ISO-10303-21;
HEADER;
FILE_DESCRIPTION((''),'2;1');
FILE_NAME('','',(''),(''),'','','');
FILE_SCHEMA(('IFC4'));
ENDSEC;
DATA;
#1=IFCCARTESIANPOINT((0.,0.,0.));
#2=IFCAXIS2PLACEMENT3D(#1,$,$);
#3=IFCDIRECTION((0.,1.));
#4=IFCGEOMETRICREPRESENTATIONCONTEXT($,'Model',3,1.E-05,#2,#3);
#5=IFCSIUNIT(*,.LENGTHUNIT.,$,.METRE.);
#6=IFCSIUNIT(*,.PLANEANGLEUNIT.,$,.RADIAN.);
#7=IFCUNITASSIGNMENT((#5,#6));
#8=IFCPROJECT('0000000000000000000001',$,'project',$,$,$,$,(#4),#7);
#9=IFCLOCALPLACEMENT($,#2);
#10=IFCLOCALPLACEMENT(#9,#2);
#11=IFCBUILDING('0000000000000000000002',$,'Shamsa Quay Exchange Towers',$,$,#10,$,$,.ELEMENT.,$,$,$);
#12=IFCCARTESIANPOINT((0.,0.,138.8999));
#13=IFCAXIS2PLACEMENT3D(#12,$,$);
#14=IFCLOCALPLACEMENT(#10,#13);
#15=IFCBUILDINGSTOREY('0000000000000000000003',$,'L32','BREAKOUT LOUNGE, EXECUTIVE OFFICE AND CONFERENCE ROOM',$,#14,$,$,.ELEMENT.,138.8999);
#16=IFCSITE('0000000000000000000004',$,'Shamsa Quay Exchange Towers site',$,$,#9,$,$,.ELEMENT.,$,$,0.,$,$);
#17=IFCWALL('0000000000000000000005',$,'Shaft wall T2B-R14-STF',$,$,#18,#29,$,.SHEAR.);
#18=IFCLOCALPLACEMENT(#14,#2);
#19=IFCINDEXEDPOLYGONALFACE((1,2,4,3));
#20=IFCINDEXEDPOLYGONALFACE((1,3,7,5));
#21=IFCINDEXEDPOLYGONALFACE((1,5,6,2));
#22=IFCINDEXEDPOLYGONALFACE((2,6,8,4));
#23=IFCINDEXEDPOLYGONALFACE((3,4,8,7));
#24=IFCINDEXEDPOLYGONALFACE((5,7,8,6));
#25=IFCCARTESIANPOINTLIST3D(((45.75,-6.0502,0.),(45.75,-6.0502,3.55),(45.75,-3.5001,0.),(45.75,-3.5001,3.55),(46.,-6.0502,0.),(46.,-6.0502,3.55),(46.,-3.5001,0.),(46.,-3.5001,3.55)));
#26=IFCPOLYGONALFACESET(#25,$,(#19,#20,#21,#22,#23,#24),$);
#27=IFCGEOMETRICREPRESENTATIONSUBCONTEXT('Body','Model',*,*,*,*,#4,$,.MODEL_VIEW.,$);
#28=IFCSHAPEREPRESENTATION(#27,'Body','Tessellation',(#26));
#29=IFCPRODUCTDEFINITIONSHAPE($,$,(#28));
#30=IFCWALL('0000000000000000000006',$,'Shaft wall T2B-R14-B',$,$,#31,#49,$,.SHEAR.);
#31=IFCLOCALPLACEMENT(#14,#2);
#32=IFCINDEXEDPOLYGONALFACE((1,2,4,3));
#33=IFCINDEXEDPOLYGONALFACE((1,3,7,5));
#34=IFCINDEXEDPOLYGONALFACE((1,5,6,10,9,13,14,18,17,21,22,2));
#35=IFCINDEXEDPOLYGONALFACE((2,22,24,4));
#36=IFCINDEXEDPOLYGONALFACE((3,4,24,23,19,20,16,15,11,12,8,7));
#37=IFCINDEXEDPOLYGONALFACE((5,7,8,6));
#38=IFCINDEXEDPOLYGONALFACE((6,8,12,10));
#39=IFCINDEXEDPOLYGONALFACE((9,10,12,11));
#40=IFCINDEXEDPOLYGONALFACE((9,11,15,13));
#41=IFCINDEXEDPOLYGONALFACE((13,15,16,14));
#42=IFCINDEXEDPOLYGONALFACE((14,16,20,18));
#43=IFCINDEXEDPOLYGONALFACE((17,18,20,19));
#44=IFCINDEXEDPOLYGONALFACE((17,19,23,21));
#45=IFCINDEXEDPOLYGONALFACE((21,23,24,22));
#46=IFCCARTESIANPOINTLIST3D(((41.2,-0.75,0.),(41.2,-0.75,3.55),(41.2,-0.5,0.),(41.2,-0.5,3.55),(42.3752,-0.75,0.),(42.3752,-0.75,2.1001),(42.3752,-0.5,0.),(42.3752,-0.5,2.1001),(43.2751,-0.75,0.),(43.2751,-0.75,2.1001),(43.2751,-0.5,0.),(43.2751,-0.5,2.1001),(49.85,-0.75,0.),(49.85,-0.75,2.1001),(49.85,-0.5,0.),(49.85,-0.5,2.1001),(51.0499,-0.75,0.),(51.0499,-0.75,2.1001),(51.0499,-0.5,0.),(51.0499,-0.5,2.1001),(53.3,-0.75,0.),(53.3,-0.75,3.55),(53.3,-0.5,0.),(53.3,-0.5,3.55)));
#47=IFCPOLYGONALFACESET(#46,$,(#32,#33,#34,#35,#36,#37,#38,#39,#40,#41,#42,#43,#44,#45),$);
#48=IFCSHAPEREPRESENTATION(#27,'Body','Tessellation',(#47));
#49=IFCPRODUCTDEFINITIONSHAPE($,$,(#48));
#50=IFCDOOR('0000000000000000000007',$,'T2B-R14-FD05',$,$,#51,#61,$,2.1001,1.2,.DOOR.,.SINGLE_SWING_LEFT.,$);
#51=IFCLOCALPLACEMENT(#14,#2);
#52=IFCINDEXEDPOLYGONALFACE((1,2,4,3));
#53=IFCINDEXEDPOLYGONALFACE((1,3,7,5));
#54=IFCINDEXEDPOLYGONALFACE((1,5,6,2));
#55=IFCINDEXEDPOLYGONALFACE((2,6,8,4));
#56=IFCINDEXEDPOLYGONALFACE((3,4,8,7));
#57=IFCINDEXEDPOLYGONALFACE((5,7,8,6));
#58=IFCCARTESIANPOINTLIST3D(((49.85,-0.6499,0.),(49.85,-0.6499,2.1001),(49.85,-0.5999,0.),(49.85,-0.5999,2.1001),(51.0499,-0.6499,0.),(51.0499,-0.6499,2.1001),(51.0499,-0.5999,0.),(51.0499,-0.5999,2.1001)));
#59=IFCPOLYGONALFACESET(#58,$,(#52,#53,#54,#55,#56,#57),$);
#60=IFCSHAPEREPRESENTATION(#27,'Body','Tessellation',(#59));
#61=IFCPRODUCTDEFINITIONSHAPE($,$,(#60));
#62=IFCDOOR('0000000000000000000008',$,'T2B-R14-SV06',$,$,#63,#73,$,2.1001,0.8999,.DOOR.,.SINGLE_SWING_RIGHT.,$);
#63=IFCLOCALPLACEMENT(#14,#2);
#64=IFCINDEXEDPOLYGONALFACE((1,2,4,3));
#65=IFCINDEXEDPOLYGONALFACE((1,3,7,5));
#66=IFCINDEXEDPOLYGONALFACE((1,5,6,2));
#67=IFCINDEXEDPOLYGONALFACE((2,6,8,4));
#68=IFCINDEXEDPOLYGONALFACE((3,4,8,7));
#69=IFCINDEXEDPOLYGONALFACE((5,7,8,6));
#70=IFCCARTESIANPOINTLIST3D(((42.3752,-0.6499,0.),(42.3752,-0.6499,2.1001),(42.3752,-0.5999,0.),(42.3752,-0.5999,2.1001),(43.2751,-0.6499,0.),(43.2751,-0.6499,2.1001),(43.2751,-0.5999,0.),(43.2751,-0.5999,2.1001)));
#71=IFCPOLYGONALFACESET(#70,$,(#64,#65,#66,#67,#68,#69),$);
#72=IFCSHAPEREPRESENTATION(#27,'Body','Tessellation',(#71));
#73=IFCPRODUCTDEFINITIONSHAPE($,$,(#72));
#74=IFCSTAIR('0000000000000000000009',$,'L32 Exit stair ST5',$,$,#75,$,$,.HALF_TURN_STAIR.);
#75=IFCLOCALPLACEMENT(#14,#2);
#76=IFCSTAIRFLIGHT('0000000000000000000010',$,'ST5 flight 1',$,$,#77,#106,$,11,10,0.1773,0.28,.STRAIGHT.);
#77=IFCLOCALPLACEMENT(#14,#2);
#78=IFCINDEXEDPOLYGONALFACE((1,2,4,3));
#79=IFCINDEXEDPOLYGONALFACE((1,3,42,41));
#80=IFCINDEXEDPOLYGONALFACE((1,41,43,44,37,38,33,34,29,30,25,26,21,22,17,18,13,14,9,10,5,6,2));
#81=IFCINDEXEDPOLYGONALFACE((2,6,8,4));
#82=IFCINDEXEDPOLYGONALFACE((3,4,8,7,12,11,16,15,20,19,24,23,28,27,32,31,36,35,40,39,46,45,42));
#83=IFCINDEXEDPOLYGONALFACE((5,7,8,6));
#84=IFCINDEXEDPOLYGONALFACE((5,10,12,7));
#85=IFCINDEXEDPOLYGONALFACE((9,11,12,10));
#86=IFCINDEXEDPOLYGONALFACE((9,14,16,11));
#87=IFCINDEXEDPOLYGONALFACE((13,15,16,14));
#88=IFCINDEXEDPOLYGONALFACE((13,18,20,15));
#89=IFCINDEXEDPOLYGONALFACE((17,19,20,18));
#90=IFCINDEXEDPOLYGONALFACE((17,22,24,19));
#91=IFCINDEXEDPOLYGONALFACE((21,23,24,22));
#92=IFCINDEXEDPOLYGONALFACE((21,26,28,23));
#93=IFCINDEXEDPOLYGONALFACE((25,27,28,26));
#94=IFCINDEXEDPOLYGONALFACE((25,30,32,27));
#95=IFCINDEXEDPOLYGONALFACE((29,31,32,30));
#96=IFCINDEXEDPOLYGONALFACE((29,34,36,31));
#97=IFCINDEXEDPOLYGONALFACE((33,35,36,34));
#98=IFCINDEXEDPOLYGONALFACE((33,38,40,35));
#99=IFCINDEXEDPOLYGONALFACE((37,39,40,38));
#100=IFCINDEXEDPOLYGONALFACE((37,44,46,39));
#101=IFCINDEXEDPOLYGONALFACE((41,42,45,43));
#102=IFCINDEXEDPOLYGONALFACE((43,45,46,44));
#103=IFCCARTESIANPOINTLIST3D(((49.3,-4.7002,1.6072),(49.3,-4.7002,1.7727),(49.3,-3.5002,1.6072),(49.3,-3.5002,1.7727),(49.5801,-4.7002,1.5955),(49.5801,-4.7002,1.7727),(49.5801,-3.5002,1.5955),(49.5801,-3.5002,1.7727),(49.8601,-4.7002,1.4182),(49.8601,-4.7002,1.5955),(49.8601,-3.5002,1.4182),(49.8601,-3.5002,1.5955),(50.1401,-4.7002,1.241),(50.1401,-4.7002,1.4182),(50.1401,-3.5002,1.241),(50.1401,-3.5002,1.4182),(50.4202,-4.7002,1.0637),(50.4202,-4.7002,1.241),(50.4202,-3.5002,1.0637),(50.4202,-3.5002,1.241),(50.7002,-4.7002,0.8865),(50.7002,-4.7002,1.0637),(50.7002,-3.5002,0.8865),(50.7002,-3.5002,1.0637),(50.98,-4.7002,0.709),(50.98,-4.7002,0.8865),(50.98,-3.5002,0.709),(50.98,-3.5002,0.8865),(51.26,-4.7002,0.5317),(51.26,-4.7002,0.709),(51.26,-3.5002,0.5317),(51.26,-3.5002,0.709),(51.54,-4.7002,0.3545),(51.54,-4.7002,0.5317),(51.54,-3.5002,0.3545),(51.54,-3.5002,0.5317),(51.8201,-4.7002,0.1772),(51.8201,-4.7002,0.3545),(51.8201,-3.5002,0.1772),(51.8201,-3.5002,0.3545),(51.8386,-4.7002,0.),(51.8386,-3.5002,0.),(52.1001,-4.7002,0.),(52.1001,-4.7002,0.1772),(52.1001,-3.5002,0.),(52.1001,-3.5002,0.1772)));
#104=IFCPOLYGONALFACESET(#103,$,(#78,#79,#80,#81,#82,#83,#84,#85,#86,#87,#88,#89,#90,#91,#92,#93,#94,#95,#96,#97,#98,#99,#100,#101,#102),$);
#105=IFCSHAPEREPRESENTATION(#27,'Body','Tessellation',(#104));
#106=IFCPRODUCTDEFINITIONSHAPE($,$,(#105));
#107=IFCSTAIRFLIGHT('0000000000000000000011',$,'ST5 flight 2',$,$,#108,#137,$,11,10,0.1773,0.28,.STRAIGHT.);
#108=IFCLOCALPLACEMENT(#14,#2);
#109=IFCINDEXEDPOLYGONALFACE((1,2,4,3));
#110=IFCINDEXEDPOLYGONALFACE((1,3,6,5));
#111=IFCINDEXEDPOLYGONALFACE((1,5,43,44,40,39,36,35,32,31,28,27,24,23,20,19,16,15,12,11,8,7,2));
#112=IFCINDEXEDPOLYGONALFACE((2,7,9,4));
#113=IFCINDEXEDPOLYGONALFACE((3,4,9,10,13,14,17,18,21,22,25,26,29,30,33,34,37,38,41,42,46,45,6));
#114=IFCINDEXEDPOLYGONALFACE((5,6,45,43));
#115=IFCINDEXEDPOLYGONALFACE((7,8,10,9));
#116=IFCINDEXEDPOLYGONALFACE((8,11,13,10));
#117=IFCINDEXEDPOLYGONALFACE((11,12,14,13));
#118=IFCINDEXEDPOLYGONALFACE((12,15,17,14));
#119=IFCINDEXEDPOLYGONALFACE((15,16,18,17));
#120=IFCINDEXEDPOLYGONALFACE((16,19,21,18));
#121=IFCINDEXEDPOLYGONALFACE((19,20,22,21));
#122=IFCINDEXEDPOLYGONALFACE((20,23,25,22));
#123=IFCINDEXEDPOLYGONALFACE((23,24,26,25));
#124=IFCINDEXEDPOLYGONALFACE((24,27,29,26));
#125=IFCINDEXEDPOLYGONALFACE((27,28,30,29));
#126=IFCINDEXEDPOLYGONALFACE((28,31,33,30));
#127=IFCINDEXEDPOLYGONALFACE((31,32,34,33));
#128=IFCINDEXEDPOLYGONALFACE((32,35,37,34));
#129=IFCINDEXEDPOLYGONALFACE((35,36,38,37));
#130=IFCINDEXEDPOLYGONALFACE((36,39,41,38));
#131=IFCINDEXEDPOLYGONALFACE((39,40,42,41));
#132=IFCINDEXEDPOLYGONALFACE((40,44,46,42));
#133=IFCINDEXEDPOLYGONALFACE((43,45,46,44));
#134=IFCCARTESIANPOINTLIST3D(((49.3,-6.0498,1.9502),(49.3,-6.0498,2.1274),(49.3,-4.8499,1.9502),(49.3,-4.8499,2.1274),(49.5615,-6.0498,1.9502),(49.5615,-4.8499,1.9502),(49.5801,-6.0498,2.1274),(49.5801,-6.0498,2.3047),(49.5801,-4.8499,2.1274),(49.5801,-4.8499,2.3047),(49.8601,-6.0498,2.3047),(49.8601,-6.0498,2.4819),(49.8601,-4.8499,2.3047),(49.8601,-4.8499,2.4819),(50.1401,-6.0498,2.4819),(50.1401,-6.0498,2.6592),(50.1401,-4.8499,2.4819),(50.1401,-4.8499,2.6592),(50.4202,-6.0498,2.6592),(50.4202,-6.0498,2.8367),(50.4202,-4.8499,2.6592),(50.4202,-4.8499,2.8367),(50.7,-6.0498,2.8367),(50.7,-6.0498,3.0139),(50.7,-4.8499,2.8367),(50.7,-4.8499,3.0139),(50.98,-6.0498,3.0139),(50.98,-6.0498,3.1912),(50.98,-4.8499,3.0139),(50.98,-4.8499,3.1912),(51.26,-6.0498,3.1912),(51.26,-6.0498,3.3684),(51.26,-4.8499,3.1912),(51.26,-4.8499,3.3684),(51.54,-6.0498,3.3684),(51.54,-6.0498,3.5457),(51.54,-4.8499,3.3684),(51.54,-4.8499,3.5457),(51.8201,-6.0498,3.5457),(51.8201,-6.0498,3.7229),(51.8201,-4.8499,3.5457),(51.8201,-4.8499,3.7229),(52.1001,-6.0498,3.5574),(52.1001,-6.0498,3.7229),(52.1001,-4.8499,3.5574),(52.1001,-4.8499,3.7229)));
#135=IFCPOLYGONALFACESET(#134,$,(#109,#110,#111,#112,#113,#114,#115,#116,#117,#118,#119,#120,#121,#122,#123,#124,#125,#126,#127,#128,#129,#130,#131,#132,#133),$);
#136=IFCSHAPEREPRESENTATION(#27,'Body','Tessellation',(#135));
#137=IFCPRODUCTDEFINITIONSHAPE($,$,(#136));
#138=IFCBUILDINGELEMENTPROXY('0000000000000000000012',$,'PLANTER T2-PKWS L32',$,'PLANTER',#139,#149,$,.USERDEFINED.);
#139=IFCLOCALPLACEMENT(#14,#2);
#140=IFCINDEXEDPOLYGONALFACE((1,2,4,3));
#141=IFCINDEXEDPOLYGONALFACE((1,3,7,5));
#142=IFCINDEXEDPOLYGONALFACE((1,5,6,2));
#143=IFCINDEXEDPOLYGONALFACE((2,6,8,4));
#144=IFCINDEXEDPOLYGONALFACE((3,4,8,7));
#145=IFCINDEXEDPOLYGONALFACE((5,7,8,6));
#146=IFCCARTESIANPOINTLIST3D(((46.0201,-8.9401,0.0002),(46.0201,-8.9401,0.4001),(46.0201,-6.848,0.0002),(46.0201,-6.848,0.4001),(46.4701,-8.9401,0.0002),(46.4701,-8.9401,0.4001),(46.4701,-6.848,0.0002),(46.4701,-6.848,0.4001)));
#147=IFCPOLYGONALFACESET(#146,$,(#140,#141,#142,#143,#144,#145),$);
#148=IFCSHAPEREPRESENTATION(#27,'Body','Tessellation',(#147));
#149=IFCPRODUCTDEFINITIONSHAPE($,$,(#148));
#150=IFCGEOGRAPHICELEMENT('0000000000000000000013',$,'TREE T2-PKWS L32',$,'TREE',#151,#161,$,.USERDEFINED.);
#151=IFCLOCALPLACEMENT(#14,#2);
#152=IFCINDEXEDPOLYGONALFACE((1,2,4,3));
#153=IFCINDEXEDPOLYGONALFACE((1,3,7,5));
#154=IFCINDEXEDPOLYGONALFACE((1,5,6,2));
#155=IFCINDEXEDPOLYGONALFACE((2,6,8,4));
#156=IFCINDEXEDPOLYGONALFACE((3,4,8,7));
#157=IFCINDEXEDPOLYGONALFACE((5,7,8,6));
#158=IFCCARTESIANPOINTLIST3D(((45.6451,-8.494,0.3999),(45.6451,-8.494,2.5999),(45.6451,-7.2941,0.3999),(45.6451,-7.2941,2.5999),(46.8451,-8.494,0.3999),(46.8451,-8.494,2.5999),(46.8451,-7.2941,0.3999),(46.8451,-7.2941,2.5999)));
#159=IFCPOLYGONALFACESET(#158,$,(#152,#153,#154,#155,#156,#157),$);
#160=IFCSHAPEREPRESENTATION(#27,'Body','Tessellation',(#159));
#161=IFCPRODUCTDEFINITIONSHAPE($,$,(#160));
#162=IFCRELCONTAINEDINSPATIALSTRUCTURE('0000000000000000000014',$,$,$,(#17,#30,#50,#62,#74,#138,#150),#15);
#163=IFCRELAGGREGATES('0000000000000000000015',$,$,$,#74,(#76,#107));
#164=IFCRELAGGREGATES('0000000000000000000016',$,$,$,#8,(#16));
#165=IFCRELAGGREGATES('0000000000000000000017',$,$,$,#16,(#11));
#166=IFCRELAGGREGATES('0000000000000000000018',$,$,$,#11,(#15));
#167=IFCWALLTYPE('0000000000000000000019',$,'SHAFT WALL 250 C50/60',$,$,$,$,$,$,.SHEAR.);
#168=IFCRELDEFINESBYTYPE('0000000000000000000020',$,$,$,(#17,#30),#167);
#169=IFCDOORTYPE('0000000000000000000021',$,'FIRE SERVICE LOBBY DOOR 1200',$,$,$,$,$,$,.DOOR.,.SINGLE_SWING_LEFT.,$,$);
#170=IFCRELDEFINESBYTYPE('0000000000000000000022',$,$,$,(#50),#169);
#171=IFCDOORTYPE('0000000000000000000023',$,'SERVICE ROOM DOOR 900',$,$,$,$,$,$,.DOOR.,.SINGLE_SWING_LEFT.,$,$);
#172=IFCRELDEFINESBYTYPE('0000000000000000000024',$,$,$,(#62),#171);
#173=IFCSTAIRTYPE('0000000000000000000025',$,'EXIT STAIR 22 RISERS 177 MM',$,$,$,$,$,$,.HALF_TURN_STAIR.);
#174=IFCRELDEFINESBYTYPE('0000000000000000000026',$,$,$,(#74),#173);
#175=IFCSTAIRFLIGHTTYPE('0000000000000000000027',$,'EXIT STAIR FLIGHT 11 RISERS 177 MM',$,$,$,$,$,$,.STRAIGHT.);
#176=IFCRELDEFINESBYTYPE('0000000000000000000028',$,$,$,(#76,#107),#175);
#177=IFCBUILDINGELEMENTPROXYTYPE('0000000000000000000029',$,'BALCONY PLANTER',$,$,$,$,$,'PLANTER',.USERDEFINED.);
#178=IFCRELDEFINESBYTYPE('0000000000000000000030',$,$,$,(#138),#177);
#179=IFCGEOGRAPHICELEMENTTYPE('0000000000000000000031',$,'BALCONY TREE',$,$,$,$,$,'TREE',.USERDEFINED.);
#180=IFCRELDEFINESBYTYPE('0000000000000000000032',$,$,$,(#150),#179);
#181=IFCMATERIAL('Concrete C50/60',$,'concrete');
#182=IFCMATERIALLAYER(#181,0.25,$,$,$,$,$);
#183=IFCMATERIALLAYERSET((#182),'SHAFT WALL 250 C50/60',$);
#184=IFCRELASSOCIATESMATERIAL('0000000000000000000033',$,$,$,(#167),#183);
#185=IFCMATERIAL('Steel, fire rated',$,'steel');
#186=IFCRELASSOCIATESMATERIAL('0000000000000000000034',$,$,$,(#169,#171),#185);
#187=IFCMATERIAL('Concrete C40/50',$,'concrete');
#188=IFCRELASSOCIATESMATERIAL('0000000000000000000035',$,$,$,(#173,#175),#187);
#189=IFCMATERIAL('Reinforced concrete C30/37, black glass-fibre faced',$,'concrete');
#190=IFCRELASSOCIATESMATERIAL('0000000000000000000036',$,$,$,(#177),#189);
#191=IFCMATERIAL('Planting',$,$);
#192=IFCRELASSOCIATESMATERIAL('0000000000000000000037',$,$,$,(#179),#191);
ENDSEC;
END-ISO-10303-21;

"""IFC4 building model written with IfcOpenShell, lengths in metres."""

from ifc_helpers import new_model, si_unit, direction, frame, frame_2d, origin, origin_2d, place, context, subcontext, project, spatial, polyline, rectangle, outline, extrude, material, layer, layer_set, type_object, element, fill, aggregate, save


model = new_model("IFC4")

# Units and contexts
model_context = context("Model", 3, precision=1e-05, world=origin(), true_north=direction((0.0, 1.0)))
body_context = subcontext(model_context, "Body", "Model", "MODEL_VIEW")
ifc_project = project(units=[si_unit("LENGTHUNIT", "METRE"), si_unit("PLANEANGLEUNIT", "RADIAN")], contexts=[model_context])

# Site, building, storey
site_placement = place(None, origin())
site = spatial("IfcSite", under=ifc_project, at=site_placement, Name="Shamsa Quay Exchange Towers site", CompositionType="ELEMENT", RefElevation=0.0)
building_placement = place(site_placement, origin())
building = spatial("IfcBuilding", under=site, at=building_placement, Name="Shamsa Quay Exchange Towers", CompositionType="ELEMENT")
storey_placement = place(building_placement, frame((0.0, 0.0, 138.8999)))
storey = spatial("IfcBuildingStorey", under=building, at=storey_placement, Name="L32", Description="BREAKOUT LOUNGE, EXECUTIVE OFFICE AND CONFERENCE ROOM", CompositionType="ELEMENT", Elevation=138.8999)

# Shared definitions
ifc_material_1 = material(Name="Steel, fire rated", Category="steel")
ifc_material_2 = material(Name="Concrete C50/60", Category="concrete")
ifc_layer_1 = layer(ifc_material_2, 0.25)
ifc_layer_set_1 = layer_set([ifc_layer_1], Name="SHAFT WALL 250 C50/60")
wall_type_1 = type_object("IfcWallType", Name="SHAFT WALL 250 C50/60", PredefinedType="SHEAR", material=ifc_layer_set_1)

# Wall
wall_1_placement = place(storey_placement, frame((45.875, -6.05, 0.0), z_axis=(0.0, 0.0, 1.0), x_axis=(0.0, 1.0, 0.0)))
element("IfcWall", 1, at=wall_1_placement, inside=storey, type_object=wall_type_1, Name="Shaft wall T2B-R14-STF", PredefinedType="SHEAR", context=body_context, shape_type="SweptSolid", body=[
    extrude(rectangle(XDim=2.55, YDim=0.25, at=frame_2d((1.2749, 0.0))), origin(), (0.0, 0.0, 1.0), 3.55),
])

# Wall, openings, doors
wall_2_placement = place(storey_placement, frame((53.3, -0.625, 0.0), z_axis=(0.0, 0.0, 1.0), x_axis=(-1.0, 0.0, 0.0)))
wall_2 = element("IfcWall", 2, at=wall_2_placement, inside=storey, type_object=wall_type_1, Name="Shaft wall T2B-R14-B", PredefinedType="SHEAR", context=body_context, shape_type="SweptSolid", body=[
    extrude(rectangle(XDim=12.1001, YDim=0.25, at=frame_2d((6.05, 0.0))), origin(), (0.0, 0.0, 1.0), 3.55),
])
opening_1_placement = place(wall_2_placement, frame((2.25, 0.0, 0.0)))
opening_1 = element("IfcOpeningElement", 3, at=opening_1_placement, cuts=wall_2, PredefinedType="OPENING", context=body_context, shape_type="SweptSolid", body=[
    extrude(rectangle(XDim=1.2, YDim=2.1001, at=frame_2d((0.6001, 1.05))), frame((0.0, 0.135, 0.0), z_axis=(0.0, -1.0, 0.0), x_axis=(1.0, 0.0, 0.0)), (0.0, 0.0, 1.0), 0.27),
])
opening_2_placement = place(wall_2_placement, frame((10.0249, 0.0, 0.0)))
opening_2 = element("IfcOpeningElement", 4, at=opening_2_placement, cuts=wall_2, PredefinedType="OPENING", context=body_context, shape_type="SweptSolid", body=[
    extrude(rectangle(XDim=0.8999, YDim=2.1001, at=frame_2d((0.45, 1.05))), frame((0.0, 0.135, 0.0), z_axis=(0.0, -1.0, 0.0), x_axis=(1.0, 0.0, 0.0)), (0.0, 0.0, 1.0), 0.27),
])
door_type_1 = type_object("IfcDoorType", Name="FIRE SERVICE LOBBY DOOR 1200", OperationType="SINGLE_SWING_LEFT", PredefinedType="DOOR", material=ifc_material_1)
door_1_placement = place(opening_1_placement, origin())
door_1 = element("IfcDoor", 5, at=door_1_placement, inside=storey, type_object=door_type_1, Name="T2B-R14-FD05", OperationType="SINGLE_SWING_LEFT", OverallHeight=2.1001, OverallWidth=1.2, PredefinedType="DOOR", context=body_context, shape_type="SweptSolid", body=[
    extrude(rectangle(XDim=1.2, YDim=2.1001, at=frame_2d((0.6001, 1.05))), frame((0.0, 0.0249, 0.0), z_axis=(0.0, -1.0, 0.0), x_axis=(1.0, 0.0, 0.0)), (0.0, 0.0, 1.0), 0.05),
])
fill(opening_1, door_1)
door_type_2 = type_object("IfcDoorType", Name="SERVICE ROOM DOOR 900", OperationType="SINGLE_SWING_LEFT", PredefinedType="DOOR", material=ifc_material_1)
door_2_placement = place(opening_2_placement, origin())
door_2 = element("IfcDoor", 6, at=door_2_placement, inside=storey, type_object=door_type_2, Name="T2B-R14-SV06", OperationType="SINGLE_SWING_RIGHT", OverallHeight=2.1001, OverallWidth=0.8999, PredefinedType="DOOR", context=body_context, shape_type="SweptSolid", body=[
    extrude(rectangle(XDim=0.8999, YDim=2.1001, at=frame_2d((0.45, 1.05))), frame((0.0, 0.0249, 0.0), z_axis=(0.0, -1.0, 0.0), x_axis=(1.0, 0.0, 0.0)), (0.0, 0.0, 1.0), 0.05),
])
fill(opening_2, door_2)

# Stair, stair flights
ifc_material_3 = material(Name="Concrete C40/50", Category="concrete")
stair_type = type_object("IfcStairType", Name="EXIT STAIR 22 RISERS 177 MM", PredefinedType="HALF_TURN_STAIR", material=ifc_material_3)
stair_placement = place(storey_placement, origin())
stair = element("IfcStair", 7, at=stair_placement, inside=storey, type_object=stair_type, Name="L32 Exit stair ST5", PredefinedType="HALF_TURN_STAIR")
stair_flight_type = type_object("IfcStairFlightType", Name="EXIT STAIR FLIGHT 11 RISERS 177 MM", PredefinedType="STRAIGHT", material=ifc_material_3)
stair_flight_1_placement = place(storey_placement, frame((52.1001, -4.1001, 0.0), z_axis=(0.0, 0.0, 1.0), x_axis=(-1.0, 0.0, 0.0)))
stair_flight_1 = element("IfcStairFlight", 8, at=stair_flight_1_placement, type_object=stair_flight_type, Name="ST5 flight 1", NumberOfRisers=11, NumberOfTreads=10, PredefinedType="STRAIGHT", RiserHeight=0.1773, TreadLength=0.28, context=body_context, shape_type="SweptSolid", body=[
    extrude(outline(polyline([(0.0, 0.0), (0.0, 0.1772), (0.28, 0.1772), (0.28, 0.3545), (0.5601, 0.3545), (0.5601, 0.5317), (0.8401, 0.5317), (0.8401, 0.709), (1.1201, 0.709), (1.1201, 0.8865), (1.3999, 0.8865), (1.3999, 1.0637), (1.6799, 1.0637), (1.6799, 1.241), (1.96, 1.241), (1.96, 1.4182), (2.24, 1.4182), (2.24, 1.5955), (2.52, 1.5955), (2.52, 1.7727), (2.8, 1.7727), (2.8, 1.95), (2.8, 1.6072), (0.2615, 0.0), (0.0, 0.0)])), frame((0.0, 0.6001, 0.0), z_axis=(0.0, -1.0, 0.0), x_axis=(1.0, 0.0, 0.0)), (0.0, 0.0, 1.0), 1.2),
])
stair_flight_2_placement = place(storey_placement, frame((49.3, -5.45, 1.9502)))
stair_flight_2 = element("IfcStairFlight", 9, at=stair_flight_2_placement, type_object=stair_flight_type, Name="ST5 flight 2", NumberOfRisers=11, NumberOfTreads=10, PredefinedType="STRAIGHT", RiserHeight=0.1773, TreadLength=0.28, context=body_context, shape_type="SweptSolid", body=[
    extrude(outline(polyline([(0.0, 0.0), (0.0, 0.1772), (0.28, 0.1772), (0.28, 0.3545), (0.5601, 0.3545), (0.5601, 0.5317), (0.8401, 0.5317), (0.8401, 0.709), (1.1201, 0.709), (1.1201, 0.8865), (1.3999, 0.8865), (1.3999, 1.0637), (1.6799, 1.0637), (1.6799, 1.241), (1.96, 1.241), (1.96, 1.4182), (2.24, 1.4182), (2.24, 1.5955), (2.52, 1.5955), (2.52, 1.7727), (2.8, 1.7727), (2.8, 1.95), (2.8, 1.6072), (0.2615, 0.0), (0.0, 0.0)])), frame((0.0, 0.6001, 0.0), z_axis=(0.0, -1.0, 0.0), x_axis=(1.0, 0.0, 0.0)), (0.0, 0.0, 1.0), 1.2),
])
aggregate(stair, [stair_flight_1, stair_flight_2])

# Building element proxy
ifc_material_4 = material(Name="Reinforced concrete C30/37, black glass-fibre faced", Category="concrete")
building_element_proxy_type = type_object("IfcBuildingElementProxyType", Name="BALCONY PLANTER", ElementType="PLANTER", PredefinedType="USERDEFINED", material=ifc_material_4)
proxy_placement = place(storey_placement, frame((46.2451, -7.894, 0.0002), z_axis=(0.0, 0.0, 1.0), x_axis=(0.0, 1.0, 0.0)))
element("IfcBuildingElementProxy", 10, at=proxy_placement, inside=storey, type_object=building_element_proxy_type, Name="PLANTER T2-PKWS L32", ObjectType="PLANTER", PredefinedType="USERDEFINED", context=body_context, shape_type="SweptSolid", body=[
    extrude(rectangle(XDim=2.092, YDim=0.45, at=origin_2d()), origin(), (0.0, 0.0, 1.0), 0.3999),
])

# Geographic element
ifc_material_5 = material(Name="Planting")
geographic_element_type = type_object("IfcGeographicElementType", Name="BALCONY TREE", ElementType="TREE", PredefinedType="USERDEFINED", material=ifc_material_5)
geographic_element_placement = place(storey_placement, frame((46.2451, -7.894, 0.3999), z_axis=(0.0, 0.0, 1.0), x_axis=(0.0, 1.0, 0.0)))
element("IfcGeographicElement", 11, at=geographic_element_placement, inside=storey, type_object=geographic_element_type, Name="TREE T2-PKWS L32", ObjectType="TREE", PredefinedType="USERDEFINED", context=body_context, shape_type="SweptSolid", body=[
    extrude(rectangle(XDim=1.2, YDim=1.2, at=origin_2d()), origin(), (0.0, 0.0, 1.0), 2.2),
])

save(model, "model.ifc")
